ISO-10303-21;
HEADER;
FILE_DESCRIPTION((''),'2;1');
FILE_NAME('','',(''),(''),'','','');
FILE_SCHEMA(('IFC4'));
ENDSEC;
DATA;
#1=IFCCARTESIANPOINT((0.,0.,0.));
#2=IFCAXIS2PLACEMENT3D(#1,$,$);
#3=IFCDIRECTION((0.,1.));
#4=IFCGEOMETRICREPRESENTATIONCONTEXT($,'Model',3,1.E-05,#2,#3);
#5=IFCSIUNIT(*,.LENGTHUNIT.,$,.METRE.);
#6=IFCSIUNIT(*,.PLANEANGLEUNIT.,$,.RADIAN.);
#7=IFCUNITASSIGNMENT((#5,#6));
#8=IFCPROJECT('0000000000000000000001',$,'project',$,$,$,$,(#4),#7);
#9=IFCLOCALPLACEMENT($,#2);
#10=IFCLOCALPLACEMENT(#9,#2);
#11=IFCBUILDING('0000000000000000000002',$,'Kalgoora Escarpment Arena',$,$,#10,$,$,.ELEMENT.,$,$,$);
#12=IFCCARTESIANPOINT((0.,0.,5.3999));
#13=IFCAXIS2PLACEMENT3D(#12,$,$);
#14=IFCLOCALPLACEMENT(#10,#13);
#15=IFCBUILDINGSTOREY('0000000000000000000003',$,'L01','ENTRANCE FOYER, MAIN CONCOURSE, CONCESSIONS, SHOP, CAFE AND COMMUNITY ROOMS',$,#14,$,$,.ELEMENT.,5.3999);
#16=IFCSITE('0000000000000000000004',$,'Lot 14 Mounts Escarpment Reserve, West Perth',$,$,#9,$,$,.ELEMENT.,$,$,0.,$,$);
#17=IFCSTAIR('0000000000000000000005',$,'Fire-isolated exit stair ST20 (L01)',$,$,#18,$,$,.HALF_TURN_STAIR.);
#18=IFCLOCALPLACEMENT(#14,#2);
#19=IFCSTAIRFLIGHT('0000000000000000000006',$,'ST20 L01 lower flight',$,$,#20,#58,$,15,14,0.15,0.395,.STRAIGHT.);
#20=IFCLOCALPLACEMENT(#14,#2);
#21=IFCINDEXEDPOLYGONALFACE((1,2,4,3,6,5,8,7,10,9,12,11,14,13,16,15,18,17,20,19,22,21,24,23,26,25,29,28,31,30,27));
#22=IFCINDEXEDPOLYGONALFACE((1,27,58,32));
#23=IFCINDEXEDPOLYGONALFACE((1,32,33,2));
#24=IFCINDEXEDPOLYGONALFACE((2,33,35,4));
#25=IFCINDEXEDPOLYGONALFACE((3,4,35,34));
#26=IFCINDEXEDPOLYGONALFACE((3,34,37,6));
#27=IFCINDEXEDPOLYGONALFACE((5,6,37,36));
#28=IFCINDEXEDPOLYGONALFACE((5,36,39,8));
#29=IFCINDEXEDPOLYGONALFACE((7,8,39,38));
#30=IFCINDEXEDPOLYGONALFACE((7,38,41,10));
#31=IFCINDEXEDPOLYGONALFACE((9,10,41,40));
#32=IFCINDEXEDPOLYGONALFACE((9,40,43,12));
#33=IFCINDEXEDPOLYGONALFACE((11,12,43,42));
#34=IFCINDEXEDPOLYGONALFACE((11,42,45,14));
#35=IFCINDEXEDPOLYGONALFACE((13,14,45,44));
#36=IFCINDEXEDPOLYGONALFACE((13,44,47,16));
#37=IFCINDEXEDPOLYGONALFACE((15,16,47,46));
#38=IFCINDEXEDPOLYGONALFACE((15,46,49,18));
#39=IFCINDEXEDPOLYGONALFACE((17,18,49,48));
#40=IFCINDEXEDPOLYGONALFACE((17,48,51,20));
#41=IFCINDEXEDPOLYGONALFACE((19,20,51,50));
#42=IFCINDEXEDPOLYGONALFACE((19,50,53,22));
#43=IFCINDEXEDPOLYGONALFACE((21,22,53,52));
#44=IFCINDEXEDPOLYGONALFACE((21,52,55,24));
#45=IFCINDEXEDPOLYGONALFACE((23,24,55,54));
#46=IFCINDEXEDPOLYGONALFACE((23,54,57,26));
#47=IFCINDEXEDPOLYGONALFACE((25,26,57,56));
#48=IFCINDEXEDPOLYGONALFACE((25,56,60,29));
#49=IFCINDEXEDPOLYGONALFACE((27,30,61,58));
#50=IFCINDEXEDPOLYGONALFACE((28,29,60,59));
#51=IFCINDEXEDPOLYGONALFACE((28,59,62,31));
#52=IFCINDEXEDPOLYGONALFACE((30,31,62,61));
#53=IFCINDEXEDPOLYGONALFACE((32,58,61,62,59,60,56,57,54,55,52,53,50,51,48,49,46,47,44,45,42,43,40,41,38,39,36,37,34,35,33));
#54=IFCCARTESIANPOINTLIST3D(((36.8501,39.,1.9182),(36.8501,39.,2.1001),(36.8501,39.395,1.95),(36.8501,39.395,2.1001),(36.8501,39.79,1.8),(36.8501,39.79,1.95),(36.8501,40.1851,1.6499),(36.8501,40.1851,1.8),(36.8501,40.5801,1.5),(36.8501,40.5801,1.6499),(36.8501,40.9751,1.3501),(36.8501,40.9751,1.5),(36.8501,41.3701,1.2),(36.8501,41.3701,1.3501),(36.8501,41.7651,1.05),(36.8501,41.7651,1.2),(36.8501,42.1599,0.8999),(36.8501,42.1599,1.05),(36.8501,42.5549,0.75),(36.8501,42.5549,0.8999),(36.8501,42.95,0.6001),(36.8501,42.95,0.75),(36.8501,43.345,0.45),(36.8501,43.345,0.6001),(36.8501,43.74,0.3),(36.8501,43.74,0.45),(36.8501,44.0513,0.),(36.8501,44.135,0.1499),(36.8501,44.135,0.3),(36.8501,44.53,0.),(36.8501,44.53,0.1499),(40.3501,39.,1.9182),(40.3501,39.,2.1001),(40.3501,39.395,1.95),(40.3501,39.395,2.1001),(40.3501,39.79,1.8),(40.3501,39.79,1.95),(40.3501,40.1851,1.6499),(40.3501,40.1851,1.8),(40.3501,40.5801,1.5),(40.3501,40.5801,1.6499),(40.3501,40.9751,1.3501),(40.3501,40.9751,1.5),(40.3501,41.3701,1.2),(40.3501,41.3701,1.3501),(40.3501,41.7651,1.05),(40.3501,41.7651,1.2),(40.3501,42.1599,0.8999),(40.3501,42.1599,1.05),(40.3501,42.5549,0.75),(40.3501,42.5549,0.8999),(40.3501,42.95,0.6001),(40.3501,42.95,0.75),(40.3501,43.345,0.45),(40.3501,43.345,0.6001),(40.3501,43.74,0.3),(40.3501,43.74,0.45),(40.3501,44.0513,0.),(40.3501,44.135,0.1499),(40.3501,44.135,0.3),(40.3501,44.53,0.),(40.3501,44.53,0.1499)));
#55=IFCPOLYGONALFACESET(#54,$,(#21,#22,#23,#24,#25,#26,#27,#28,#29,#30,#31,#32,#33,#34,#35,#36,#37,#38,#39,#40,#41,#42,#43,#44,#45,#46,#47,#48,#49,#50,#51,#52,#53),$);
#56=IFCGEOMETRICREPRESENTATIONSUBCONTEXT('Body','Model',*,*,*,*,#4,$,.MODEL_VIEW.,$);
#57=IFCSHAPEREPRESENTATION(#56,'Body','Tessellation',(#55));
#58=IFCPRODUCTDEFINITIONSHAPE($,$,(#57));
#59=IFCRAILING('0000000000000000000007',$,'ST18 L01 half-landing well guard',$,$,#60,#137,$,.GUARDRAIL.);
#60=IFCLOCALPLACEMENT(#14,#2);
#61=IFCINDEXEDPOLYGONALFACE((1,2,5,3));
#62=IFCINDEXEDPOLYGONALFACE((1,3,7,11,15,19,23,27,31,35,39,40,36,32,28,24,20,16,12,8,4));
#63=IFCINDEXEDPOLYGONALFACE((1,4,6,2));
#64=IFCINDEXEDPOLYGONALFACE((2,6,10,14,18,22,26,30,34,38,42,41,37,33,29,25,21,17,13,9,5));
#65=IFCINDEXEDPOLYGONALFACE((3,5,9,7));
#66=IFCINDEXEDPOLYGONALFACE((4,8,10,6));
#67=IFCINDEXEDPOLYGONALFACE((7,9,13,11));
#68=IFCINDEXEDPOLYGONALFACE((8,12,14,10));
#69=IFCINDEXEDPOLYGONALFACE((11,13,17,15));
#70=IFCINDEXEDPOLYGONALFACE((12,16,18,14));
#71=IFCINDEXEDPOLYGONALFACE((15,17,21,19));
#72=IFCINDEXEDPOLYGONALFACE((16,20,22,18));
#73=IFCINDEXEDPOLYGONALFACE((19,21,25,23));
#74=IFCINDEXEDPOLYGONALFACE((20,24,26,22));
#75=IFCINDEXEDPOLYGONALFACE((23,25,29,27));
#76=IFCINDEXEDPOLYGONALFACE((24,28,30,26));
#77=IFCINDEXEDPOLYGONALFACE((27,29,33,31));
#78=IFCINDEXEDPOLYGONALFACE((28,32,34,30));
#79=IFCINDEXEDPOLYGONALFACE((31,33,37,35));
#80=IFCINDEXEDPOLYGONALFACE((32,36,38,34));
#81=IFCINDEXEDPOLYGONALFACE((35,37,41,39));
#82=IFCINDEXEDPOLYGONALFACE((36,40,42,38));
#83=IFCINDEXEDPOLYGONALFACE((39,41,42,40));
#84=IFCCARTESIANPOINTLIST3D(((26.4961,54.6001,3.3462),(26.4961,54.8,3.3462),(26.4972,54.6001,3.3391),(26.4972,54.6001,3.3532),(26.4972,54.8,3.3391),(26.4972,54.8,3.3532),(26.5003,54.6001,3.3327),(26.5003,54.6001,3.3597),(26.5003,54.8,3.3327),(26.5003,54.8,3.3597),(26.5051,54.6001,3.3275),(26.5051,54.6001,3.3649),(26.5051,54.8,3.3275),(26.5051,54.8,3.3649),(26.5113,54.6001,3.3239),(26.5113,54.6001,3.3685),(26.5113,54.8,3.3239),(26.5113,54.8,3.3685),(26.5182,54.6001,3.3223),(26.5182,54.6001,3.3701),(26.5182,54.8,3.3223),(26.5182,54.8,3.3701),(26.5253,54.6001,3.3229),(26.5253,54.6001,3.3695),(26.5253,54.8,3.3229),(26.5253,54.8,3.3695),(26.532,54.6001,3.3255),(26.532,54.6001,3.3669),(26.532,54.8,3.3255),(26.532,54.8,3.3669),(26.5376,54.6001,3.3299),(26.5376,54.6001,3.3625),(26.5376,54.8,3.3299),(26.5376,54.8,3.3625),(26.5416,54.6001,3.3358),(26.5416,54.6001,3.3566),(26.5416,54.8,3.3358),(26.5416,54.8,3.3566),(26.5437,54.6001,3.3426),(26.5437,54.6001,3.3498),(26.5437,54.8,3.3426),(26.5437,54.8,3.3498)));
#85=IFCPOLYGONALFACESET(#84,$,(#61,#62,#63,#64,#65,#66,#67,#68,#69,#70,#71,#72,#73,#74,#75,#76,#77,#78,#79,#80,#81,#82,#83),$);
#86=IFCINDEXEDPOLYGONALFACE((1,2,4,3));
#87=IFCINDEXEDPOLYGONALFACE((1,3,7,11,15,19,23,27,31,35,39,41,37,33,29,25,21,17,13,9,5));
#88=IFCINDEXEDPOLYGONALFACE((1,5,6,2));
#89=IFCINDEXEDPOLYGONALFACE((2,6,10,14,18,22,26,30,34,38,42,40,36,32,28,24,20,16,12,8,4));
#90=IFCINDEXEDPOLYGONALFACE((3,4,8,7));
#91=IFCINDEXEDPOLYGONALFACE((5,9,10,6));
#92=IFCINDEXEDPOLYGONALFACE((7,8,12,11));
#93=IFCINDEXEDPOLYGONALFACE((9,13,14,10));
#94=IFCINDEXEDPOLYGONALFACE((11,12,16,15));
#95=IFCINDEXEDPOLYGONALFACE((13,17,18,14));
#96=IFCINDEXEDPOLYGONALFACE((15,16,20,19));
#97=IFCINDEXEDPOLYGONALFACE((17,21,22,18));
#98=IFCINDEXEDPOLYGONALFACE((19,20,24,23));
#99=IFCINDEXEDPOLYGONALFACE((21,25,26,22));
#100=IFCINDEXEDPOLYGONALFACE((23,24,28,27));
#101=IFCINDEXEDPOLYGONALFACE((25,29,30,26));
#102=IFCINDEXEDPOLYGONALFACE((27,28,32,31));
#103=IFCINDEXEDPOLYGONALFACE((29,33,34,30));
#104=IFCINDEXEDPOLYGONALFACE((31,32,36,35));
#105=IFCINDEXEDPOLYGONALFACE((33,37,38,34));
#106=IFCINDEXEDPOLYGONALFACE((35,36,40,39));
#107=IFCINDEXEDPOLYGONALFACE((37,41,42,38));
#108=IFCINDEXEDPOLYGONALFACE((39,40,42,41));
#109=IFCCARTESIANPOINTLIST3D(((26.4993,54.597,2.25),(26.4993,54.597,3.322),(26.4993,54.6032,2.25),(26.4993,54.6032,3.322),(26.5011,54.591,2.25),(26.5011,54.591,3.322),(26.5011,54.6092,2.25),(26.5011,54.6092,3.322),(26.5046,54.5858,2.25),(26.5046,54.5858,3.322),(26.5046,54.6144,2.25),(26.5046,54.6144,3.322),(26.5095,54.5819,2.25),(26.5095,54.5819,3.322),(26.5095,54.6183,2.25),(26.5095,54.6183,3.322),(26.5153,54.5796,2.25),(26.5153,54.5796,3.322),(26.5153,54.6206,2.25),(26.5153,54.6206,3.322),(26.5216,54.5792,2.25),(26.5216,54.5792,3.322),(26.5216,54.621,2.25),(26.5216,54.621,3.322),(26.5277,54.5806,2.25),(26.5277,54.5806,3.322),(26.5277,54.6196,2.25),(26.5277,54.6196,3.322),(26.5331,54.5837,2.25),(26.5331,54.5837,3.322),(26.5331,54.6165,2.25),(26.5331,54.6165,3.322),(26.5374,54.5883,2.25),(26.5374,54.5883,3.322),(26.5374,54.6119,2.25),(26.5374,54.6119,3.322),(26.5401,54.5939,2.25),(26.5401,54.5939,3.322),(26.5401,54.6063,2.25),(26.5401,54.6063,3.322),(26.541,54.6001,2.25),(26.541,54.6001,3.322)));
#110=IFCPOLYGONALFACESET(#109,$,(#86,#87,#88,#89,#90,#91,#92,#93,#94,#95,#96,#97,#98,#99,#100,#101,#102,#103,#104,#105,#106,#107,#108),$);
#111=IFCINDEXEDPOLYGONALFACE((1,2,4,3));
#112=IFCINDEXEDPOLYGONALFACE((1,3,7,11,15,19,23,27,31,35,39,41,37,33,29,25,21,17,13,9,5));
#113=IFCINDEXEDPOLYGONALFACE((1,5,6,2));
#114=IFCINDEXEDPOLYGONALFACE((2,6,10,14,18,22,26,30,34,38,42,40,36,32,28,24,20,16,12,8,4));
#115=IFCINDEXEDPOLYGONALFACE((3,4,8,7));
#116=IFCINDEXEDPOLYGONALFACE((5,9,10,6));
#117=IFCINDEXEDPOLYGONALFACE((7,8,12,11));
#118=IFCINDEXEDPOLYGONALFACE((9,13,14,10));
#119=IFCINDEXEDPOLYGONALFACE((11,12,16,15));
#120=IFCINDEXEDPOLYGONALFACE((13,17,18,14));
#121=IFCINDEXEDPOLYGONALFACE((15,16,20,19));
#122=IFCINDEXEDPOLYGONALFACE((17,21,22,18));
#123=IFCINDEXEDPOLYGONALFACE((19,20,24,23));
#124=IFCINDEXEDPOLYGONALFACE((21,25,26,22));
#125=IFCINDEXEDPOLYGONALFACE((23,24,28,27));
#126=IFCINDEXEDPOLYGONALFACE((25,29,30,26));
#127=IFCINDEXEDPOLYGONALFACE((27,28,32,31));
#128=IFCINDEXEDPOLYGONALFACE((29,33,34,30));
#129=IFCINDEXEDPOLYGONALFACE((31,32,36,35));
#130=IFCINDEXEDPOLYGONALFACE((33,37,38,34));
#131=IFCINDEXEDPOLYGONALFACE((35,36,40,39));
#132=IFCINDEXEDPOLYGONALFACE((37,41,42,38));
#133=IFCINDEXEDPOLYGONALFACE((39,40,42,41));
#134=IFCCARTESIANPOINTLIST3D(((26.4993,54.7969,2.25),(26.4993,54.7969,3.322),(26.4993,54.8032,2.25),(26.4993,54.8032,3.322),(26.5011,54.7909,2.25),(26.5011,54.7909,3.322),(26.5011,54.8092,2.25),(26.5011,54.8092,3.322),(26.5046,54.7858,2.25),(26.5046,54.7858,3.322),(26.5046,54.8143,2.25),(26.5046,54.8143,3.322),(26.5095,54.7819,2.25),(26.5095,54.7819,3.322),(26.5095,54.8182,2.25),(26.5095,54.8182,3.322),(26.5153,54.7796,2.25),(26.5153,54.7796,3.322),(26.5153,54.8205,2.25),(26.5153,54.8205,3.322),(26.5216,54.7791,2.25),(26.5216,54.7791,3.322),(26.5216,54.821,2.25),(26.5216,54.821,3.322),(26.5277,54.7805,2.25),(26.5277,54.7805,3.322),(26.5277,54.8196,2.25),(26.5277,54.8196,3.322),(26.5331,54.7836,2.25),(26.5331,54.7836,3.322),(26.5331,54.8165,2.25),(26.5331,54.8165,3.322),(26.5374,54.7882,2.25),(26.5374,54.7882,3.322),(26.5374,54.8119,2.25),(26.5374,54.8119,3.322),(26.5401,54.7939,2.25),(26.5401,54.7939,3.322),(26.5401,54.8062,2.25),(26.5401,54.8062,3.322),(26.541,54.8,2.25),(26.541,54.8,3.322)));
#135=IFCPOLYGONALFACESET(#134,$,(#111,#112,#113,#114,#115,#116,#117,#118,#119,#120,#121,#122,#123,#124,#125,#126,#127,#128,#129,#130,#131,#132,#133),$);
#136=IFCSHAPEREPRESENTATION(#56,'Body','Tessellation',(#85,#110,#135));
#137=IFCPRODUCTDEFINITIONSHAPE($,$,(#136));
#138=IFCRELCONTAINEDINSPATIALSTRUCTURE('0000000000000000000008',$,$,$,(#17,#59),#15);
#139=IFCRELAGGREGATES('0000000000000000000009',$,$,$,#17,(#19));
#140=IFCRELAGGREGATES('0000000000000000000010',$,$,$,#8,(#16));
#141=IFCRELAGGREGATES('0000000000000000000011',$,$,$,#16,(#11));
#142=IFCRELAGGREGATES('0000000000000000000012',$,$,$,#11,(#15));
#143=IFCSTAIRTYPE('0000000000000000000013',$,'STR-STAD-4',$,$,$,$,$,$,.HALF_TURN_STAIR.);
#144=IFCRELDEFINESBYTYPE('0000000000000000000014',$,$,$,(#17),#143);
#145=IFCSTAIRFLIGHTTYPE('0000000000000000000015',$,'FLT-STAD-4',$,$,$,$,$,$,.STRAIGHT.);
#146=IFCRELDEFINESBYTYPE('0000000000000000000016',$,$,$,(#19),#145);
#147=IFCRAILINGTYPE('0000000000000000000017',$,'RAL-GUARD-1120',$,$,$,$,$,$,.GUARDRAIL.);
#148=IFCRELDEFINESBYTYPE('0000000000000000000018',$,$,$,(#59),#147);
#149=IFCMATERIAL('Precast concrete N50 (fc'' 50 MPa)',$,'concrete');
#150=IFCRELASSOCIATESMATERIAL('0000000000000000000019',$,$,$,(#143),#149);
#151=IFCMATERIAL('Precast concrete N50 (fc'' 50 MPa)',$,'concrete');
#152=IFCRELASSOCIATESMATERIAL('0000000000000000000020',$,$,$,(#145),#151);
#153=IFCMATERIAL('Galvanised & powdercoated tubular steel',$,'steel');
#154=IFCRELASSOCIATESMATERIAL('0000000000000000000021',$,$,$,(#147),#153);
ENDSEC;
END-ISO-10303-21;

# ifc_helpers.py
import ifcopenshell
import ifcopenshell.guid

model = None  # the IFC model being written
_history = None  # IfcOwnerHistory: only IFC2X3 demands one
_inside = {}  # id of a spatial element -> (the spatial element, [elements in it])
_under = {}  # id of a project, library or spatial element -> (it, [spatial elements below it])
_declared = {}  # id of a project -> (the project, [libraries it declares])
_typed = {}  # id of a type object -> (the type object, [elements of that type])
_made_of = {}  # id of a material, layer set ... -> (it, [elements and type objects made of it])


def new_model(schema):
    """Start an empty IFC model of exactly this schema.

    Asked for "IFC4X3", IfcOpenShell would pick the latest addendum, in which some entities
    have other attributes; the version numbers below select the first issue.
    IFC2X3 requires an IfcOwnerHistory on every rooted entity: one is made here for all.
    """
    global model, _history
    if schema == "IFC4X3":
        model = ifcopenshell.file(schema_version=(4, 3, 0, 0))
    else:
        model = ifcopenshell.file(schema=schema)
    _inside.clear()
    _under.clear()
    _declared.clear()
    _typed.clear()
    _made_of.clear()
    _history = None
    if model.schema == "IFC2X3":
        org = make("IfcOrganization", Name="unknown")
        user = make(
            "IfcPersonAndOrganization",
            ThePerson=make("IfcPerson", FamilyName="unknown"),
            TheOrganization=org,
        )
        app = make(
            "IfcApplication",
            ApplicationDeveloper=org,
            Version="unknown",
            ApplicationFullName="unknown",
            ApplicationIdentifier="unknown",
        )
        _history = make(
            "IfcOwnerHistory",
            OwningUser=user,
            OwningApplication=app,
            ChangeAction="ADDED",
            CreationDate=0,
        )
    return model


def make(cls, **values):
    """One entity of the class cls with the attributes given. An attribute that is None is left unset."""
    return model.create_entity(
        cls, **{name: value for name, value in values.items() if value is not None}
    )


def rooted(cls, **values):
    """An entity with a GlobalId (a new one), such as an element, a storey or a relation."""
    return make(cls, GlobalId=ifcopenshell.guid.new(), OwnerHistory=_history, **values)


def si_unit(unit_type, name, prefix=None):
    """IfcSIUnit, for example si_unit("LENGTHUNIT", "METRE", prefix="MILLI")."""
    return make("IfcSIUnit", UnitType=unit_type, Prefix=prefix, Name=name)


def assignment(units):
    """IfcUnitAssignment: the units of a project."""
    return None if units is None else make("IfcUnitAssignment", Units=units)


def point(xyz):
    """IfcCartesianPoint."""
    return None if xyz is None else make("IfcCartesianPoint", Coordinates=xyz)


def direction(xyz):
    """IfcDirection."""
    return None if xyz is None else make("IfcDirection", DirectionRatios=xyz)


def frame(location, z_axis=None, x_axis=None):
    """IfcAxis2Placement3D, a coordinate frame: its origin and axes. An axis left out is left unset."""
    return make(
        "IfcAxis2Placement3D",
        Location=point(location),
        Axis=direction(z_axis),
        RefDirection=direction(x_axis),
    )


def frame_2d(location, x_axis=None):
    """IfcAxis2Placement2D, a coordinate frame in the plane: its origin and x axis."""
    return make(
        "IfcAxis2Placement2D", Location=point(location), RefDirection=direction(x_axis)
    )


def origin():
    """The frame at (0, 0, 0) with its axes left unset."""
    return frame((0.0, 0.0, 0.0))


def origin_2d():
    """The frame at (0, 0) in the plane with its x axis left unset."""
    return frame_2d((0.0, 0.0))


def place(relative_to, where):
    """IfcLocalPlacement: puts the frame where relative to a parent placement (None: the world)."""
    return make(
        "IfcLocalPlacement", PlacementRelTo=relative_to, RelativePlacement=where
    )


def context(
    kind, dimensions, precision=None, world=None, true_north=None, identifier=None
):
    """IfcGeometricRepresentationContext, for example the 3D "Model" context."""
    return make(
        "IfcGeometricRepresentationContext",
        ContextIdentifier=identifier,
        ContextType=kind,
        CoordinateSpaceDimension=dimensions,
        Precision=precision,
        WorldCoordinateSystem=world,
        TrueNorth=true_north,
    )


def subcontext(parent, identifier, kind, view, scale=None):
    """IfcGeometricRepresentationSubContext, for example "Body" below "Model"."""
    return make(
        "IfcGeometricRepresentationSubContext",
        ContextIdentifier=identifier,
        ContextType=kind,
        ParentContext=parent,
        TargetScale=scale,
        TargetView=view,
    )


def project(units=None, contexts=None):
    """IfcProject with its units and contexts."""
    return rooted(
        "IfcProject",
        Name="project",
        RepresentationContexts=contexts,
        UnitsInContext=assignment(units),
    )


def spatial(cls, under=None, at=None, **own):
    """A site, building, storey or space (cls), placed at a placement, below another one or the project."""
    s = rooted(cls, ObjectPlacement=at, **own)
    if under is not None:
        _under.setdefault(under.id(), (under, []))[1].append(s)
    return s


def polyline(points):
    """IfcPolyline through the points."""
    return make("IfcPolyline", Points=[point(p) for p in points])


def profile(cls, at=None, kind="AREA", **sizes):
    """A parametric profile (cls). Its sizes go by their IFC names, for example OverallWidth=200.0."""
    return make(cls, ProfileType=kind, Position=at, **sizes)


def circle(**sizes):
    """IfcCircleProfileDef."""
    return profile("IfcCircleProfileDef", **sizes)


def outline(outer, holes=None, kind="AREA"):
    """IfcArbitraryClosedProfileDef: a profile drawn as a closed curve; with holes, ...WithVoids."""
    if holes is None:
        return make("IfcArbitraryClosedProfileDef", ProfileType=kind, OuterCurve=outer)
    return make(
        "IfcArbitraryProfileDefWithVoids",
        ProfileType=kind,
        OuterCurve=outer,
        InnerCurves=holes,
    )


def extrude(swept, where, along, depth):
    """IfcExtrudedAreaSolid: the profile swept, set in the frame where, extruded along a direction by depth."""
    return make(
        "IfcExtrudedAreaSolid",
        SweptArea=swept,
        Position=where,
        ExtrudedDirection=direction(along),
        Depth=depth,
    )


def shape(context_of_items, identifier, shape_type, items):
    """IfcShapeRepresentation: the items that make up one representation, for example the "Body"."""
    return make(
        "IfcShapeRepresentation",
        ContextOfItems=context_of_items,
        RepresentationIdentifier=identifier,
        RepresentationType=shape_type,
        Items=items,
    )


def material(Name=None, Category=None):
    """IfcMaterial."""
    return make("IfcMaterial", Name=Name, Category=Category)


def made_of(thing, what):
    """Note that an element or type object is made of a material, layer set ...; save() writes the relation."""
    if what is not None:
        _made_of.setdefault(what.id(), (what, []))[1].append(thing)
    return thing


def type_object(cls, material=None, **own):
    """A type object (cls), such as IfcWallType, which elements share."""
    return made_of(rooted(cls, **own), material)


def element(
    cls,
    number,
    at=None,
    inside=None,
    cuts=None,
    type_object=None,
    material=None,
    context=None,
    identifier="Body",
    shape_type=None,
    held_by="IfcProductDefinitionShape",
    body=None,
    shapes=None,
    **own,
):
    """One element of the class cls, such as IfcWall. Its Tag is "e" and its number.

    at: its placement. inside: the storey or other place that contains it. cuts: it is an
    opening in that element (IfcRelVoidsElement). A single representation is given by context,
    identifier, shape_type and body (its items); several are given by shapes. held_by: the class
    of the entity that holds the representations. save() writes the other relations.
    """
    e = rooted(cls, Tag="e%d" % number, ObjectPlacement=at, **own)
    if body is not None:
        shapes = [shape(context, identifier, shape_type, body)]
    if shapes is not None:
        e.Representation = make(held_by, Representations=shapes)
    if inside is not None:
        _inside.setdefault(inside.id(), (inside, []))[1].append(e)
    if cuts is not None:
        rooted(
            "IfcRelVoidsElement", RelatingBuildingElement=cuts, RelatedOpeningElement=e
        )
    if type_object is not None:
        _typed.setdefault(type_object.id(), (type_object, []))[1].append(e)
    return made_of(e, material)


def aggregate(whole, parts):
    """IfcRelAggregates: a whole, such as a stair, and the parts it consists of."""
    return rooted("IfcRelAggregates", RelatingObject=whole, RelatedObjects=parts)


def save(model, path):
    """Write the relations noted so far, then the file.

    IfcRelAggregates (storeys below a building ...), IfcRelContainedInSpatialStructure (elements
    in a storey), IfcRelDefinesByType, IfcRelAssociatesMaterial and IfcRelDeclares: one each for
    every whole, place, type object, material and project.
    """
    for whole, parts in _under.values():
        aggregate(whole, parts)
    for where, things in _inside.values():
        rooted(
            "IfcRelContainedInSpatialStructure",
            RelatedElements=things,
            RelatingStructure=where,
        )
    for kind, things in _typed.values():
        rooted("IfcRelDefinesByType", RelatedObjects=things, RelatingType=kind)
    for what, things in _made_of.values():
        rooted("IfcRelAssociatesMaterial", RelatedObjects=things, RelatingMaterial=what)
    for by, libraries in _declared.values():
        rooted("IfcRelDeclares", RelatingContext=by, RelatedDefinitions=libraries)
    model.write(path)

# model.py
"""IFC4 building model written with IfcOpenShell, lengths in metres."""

from ifc_helpers import new_model, si_unit, direction, frame, origin, origin_2d, place, context, subcontext, project, spatial, polyline, circle, outline, extrude, material, type_object, element, aggregate, save


model = new_model("IFC4")

# Units and contexts
model_context = context("Model", 3, precision=1e-05, world=origin(), true_north=direction((0.0, 1.0)))
body_context = subcontext(model_context, "Body", "Model", "MODEL_VIEW")
ifc_project = project(units=[si_unit("LENGTHUNIT", "METRE"), si_unit("PLANEANGLEUNIT", "RADIAN")], contexts=[model_context])

# Site, building, storey
site_placement = place(None, origin())
site = spatial("IfcSite", under=ifc_project, at=site_placement, Name="Lot 14 Mounts Escarpment Reserve, West Perth", CompositionType="ELEMENT", RefElevation=0.0)
building_placement = place(site_placement, origin())
building = spatial("IfcBuilding", under=site, at=building_placement, Name="Kalgoora Escarpment Arena", CompositionType="ELEMENT")
storey_placement = place(building_placement, frame((0.0, 0.0, 5.3999)))
storey = spatial("IfcBuildingStorey", under=building, at=storey_placement, Name="L01", Description="ENTRANCE FOYER, MAIN CONCOURSE, CONCESSIONS, SHOP, CAFE AND COMMUNITY ROOMS", CompositionType="ELEMENT", Elevation=5.3999)

# Stair, stair flight
ifc_material_1 = material(Name="Precast concrete N50 (fc' 50 MPa)", Category="concrete")
stair_type_1 = type_object("IfcStairType", Name="STR-STAD-4", PredefinedType="HALF_TURN_STAIR", material=ifc_material_1)
stair_1_placement = place(storey_placement, origin())
stair_1 = element("IfcStair", 1, at=stair_1_placement, inside=storey, type_object=stair_type_1, Name="Fire-isolated exit stair ST20 (L01)", PredefinedType="HALF_TURN_STAIR")
ifc_material_2 = material(Name="Precast concrete N50 (fc' 50 MPa)", Category="concrete")
stair_flight_type_1 = type_object("IfcStairFlightType", Name="FLT-STAD-4", PredefinedType="STRAIGHT", material=ifc_material_2)
stair_flight_1_placement = place(storey_placement, frame((38.6001, 44.53, 0.0), z_axis=(0.0, 0.0, 1.0), x_axis=(0.0, -1.0, 0.0)))
stair_flight_1 = element("IfcStairFlight", 2, at=stair_flight_1_placement, type_object=stair_flight_type_1, Name="ST20 L01 lower flight", NumberOfRisers=15, NumberOfTreads=14, PredefinedType="STRAIGHT", RiserHeight=0.15, TreadLength=0.395, context=body_context, shape_type="SweptSolid", body=[
    extrude(outline(polyline([(0.0, 0.0), (0.0, 0.1499), (0.395, 0.1499), (0.395, 0.3), (0.79, 0.3), (0.79, 0.45), (1.1851, 0.45), (1.1851, 0.6001), (1.5801, 0.6001), (1.5801, 0.75), (1.9751, 0.75), (1.9751, 0.8999), (2.3701, 0.8999), (2.3701, 1.05), (2.7649, 1.05), (2.7649, 1.2), (3.1599, 1.2), (3.1599, 1.3501), (3.5549, 1.3501), (3.5549, 1.5), (3.95, 1.5), (3.95, 1.6499), (4.345, 1.6499), (4.345, 1.8), (4.74, 1.8), (4.74, 1.95), (5.135, 1.95), (5.135, 2.1001), (5.53, 2.1001), (5.53, 2.25), (5.53, 1.9182), (0.4788, 0.0), (0.0, 0.0)])), frame((0.0, 1.75, 0.0), z_axis=(0.0, -1.0, 0.0), x_axis=(1.0, 0.0, 0.0)), (0.0, 0.0, 1.0), 3.5),
])
aggregate(stair_1, [stair_flight_1])

# Railing
ifc_material_3 = material(Name="Galvanised & powdercoated tubular steel", Category="steel")
railing_type_1 = type_object("IfcRailingType", Name="RAL-GUARD-1120", PredefinedType="GUARDRAIL", material=ifc_material_3)
railing_1_placement = place(storey_placement, frame((26.52, 54.6001, 2.25)))
element("IfcRailing", 3, at=railing_1_placement, inside=storey, type_object=railing_type_1, Name="ST18 L01 half-landing well guard", PredefinedType="GUARDRAIL", context=body_context, shape_type="SweptSolid", body=[
    extrude(circle(Radius=0.0239, at=origin_2d()), frame((0.0, 0.0, 1.0962), z_axis=(0.0, 1.0, 0.0), x_axis=(-1.0, 0.0, 0.0)), (0.0, 0.0, 1.0), 0.2),
    extrude(circle(Radius=0.021, at=origin_2d()), origin(), (0.0, 0.0, 1.0), 1.072),
    extrude(circle(Radius=0.021, at=origin_2d()), frame((0.0, 0.2, 0.0)), (0.0, 0.0, 1.0), 1.072),
])

save(model, "model.ifc")
